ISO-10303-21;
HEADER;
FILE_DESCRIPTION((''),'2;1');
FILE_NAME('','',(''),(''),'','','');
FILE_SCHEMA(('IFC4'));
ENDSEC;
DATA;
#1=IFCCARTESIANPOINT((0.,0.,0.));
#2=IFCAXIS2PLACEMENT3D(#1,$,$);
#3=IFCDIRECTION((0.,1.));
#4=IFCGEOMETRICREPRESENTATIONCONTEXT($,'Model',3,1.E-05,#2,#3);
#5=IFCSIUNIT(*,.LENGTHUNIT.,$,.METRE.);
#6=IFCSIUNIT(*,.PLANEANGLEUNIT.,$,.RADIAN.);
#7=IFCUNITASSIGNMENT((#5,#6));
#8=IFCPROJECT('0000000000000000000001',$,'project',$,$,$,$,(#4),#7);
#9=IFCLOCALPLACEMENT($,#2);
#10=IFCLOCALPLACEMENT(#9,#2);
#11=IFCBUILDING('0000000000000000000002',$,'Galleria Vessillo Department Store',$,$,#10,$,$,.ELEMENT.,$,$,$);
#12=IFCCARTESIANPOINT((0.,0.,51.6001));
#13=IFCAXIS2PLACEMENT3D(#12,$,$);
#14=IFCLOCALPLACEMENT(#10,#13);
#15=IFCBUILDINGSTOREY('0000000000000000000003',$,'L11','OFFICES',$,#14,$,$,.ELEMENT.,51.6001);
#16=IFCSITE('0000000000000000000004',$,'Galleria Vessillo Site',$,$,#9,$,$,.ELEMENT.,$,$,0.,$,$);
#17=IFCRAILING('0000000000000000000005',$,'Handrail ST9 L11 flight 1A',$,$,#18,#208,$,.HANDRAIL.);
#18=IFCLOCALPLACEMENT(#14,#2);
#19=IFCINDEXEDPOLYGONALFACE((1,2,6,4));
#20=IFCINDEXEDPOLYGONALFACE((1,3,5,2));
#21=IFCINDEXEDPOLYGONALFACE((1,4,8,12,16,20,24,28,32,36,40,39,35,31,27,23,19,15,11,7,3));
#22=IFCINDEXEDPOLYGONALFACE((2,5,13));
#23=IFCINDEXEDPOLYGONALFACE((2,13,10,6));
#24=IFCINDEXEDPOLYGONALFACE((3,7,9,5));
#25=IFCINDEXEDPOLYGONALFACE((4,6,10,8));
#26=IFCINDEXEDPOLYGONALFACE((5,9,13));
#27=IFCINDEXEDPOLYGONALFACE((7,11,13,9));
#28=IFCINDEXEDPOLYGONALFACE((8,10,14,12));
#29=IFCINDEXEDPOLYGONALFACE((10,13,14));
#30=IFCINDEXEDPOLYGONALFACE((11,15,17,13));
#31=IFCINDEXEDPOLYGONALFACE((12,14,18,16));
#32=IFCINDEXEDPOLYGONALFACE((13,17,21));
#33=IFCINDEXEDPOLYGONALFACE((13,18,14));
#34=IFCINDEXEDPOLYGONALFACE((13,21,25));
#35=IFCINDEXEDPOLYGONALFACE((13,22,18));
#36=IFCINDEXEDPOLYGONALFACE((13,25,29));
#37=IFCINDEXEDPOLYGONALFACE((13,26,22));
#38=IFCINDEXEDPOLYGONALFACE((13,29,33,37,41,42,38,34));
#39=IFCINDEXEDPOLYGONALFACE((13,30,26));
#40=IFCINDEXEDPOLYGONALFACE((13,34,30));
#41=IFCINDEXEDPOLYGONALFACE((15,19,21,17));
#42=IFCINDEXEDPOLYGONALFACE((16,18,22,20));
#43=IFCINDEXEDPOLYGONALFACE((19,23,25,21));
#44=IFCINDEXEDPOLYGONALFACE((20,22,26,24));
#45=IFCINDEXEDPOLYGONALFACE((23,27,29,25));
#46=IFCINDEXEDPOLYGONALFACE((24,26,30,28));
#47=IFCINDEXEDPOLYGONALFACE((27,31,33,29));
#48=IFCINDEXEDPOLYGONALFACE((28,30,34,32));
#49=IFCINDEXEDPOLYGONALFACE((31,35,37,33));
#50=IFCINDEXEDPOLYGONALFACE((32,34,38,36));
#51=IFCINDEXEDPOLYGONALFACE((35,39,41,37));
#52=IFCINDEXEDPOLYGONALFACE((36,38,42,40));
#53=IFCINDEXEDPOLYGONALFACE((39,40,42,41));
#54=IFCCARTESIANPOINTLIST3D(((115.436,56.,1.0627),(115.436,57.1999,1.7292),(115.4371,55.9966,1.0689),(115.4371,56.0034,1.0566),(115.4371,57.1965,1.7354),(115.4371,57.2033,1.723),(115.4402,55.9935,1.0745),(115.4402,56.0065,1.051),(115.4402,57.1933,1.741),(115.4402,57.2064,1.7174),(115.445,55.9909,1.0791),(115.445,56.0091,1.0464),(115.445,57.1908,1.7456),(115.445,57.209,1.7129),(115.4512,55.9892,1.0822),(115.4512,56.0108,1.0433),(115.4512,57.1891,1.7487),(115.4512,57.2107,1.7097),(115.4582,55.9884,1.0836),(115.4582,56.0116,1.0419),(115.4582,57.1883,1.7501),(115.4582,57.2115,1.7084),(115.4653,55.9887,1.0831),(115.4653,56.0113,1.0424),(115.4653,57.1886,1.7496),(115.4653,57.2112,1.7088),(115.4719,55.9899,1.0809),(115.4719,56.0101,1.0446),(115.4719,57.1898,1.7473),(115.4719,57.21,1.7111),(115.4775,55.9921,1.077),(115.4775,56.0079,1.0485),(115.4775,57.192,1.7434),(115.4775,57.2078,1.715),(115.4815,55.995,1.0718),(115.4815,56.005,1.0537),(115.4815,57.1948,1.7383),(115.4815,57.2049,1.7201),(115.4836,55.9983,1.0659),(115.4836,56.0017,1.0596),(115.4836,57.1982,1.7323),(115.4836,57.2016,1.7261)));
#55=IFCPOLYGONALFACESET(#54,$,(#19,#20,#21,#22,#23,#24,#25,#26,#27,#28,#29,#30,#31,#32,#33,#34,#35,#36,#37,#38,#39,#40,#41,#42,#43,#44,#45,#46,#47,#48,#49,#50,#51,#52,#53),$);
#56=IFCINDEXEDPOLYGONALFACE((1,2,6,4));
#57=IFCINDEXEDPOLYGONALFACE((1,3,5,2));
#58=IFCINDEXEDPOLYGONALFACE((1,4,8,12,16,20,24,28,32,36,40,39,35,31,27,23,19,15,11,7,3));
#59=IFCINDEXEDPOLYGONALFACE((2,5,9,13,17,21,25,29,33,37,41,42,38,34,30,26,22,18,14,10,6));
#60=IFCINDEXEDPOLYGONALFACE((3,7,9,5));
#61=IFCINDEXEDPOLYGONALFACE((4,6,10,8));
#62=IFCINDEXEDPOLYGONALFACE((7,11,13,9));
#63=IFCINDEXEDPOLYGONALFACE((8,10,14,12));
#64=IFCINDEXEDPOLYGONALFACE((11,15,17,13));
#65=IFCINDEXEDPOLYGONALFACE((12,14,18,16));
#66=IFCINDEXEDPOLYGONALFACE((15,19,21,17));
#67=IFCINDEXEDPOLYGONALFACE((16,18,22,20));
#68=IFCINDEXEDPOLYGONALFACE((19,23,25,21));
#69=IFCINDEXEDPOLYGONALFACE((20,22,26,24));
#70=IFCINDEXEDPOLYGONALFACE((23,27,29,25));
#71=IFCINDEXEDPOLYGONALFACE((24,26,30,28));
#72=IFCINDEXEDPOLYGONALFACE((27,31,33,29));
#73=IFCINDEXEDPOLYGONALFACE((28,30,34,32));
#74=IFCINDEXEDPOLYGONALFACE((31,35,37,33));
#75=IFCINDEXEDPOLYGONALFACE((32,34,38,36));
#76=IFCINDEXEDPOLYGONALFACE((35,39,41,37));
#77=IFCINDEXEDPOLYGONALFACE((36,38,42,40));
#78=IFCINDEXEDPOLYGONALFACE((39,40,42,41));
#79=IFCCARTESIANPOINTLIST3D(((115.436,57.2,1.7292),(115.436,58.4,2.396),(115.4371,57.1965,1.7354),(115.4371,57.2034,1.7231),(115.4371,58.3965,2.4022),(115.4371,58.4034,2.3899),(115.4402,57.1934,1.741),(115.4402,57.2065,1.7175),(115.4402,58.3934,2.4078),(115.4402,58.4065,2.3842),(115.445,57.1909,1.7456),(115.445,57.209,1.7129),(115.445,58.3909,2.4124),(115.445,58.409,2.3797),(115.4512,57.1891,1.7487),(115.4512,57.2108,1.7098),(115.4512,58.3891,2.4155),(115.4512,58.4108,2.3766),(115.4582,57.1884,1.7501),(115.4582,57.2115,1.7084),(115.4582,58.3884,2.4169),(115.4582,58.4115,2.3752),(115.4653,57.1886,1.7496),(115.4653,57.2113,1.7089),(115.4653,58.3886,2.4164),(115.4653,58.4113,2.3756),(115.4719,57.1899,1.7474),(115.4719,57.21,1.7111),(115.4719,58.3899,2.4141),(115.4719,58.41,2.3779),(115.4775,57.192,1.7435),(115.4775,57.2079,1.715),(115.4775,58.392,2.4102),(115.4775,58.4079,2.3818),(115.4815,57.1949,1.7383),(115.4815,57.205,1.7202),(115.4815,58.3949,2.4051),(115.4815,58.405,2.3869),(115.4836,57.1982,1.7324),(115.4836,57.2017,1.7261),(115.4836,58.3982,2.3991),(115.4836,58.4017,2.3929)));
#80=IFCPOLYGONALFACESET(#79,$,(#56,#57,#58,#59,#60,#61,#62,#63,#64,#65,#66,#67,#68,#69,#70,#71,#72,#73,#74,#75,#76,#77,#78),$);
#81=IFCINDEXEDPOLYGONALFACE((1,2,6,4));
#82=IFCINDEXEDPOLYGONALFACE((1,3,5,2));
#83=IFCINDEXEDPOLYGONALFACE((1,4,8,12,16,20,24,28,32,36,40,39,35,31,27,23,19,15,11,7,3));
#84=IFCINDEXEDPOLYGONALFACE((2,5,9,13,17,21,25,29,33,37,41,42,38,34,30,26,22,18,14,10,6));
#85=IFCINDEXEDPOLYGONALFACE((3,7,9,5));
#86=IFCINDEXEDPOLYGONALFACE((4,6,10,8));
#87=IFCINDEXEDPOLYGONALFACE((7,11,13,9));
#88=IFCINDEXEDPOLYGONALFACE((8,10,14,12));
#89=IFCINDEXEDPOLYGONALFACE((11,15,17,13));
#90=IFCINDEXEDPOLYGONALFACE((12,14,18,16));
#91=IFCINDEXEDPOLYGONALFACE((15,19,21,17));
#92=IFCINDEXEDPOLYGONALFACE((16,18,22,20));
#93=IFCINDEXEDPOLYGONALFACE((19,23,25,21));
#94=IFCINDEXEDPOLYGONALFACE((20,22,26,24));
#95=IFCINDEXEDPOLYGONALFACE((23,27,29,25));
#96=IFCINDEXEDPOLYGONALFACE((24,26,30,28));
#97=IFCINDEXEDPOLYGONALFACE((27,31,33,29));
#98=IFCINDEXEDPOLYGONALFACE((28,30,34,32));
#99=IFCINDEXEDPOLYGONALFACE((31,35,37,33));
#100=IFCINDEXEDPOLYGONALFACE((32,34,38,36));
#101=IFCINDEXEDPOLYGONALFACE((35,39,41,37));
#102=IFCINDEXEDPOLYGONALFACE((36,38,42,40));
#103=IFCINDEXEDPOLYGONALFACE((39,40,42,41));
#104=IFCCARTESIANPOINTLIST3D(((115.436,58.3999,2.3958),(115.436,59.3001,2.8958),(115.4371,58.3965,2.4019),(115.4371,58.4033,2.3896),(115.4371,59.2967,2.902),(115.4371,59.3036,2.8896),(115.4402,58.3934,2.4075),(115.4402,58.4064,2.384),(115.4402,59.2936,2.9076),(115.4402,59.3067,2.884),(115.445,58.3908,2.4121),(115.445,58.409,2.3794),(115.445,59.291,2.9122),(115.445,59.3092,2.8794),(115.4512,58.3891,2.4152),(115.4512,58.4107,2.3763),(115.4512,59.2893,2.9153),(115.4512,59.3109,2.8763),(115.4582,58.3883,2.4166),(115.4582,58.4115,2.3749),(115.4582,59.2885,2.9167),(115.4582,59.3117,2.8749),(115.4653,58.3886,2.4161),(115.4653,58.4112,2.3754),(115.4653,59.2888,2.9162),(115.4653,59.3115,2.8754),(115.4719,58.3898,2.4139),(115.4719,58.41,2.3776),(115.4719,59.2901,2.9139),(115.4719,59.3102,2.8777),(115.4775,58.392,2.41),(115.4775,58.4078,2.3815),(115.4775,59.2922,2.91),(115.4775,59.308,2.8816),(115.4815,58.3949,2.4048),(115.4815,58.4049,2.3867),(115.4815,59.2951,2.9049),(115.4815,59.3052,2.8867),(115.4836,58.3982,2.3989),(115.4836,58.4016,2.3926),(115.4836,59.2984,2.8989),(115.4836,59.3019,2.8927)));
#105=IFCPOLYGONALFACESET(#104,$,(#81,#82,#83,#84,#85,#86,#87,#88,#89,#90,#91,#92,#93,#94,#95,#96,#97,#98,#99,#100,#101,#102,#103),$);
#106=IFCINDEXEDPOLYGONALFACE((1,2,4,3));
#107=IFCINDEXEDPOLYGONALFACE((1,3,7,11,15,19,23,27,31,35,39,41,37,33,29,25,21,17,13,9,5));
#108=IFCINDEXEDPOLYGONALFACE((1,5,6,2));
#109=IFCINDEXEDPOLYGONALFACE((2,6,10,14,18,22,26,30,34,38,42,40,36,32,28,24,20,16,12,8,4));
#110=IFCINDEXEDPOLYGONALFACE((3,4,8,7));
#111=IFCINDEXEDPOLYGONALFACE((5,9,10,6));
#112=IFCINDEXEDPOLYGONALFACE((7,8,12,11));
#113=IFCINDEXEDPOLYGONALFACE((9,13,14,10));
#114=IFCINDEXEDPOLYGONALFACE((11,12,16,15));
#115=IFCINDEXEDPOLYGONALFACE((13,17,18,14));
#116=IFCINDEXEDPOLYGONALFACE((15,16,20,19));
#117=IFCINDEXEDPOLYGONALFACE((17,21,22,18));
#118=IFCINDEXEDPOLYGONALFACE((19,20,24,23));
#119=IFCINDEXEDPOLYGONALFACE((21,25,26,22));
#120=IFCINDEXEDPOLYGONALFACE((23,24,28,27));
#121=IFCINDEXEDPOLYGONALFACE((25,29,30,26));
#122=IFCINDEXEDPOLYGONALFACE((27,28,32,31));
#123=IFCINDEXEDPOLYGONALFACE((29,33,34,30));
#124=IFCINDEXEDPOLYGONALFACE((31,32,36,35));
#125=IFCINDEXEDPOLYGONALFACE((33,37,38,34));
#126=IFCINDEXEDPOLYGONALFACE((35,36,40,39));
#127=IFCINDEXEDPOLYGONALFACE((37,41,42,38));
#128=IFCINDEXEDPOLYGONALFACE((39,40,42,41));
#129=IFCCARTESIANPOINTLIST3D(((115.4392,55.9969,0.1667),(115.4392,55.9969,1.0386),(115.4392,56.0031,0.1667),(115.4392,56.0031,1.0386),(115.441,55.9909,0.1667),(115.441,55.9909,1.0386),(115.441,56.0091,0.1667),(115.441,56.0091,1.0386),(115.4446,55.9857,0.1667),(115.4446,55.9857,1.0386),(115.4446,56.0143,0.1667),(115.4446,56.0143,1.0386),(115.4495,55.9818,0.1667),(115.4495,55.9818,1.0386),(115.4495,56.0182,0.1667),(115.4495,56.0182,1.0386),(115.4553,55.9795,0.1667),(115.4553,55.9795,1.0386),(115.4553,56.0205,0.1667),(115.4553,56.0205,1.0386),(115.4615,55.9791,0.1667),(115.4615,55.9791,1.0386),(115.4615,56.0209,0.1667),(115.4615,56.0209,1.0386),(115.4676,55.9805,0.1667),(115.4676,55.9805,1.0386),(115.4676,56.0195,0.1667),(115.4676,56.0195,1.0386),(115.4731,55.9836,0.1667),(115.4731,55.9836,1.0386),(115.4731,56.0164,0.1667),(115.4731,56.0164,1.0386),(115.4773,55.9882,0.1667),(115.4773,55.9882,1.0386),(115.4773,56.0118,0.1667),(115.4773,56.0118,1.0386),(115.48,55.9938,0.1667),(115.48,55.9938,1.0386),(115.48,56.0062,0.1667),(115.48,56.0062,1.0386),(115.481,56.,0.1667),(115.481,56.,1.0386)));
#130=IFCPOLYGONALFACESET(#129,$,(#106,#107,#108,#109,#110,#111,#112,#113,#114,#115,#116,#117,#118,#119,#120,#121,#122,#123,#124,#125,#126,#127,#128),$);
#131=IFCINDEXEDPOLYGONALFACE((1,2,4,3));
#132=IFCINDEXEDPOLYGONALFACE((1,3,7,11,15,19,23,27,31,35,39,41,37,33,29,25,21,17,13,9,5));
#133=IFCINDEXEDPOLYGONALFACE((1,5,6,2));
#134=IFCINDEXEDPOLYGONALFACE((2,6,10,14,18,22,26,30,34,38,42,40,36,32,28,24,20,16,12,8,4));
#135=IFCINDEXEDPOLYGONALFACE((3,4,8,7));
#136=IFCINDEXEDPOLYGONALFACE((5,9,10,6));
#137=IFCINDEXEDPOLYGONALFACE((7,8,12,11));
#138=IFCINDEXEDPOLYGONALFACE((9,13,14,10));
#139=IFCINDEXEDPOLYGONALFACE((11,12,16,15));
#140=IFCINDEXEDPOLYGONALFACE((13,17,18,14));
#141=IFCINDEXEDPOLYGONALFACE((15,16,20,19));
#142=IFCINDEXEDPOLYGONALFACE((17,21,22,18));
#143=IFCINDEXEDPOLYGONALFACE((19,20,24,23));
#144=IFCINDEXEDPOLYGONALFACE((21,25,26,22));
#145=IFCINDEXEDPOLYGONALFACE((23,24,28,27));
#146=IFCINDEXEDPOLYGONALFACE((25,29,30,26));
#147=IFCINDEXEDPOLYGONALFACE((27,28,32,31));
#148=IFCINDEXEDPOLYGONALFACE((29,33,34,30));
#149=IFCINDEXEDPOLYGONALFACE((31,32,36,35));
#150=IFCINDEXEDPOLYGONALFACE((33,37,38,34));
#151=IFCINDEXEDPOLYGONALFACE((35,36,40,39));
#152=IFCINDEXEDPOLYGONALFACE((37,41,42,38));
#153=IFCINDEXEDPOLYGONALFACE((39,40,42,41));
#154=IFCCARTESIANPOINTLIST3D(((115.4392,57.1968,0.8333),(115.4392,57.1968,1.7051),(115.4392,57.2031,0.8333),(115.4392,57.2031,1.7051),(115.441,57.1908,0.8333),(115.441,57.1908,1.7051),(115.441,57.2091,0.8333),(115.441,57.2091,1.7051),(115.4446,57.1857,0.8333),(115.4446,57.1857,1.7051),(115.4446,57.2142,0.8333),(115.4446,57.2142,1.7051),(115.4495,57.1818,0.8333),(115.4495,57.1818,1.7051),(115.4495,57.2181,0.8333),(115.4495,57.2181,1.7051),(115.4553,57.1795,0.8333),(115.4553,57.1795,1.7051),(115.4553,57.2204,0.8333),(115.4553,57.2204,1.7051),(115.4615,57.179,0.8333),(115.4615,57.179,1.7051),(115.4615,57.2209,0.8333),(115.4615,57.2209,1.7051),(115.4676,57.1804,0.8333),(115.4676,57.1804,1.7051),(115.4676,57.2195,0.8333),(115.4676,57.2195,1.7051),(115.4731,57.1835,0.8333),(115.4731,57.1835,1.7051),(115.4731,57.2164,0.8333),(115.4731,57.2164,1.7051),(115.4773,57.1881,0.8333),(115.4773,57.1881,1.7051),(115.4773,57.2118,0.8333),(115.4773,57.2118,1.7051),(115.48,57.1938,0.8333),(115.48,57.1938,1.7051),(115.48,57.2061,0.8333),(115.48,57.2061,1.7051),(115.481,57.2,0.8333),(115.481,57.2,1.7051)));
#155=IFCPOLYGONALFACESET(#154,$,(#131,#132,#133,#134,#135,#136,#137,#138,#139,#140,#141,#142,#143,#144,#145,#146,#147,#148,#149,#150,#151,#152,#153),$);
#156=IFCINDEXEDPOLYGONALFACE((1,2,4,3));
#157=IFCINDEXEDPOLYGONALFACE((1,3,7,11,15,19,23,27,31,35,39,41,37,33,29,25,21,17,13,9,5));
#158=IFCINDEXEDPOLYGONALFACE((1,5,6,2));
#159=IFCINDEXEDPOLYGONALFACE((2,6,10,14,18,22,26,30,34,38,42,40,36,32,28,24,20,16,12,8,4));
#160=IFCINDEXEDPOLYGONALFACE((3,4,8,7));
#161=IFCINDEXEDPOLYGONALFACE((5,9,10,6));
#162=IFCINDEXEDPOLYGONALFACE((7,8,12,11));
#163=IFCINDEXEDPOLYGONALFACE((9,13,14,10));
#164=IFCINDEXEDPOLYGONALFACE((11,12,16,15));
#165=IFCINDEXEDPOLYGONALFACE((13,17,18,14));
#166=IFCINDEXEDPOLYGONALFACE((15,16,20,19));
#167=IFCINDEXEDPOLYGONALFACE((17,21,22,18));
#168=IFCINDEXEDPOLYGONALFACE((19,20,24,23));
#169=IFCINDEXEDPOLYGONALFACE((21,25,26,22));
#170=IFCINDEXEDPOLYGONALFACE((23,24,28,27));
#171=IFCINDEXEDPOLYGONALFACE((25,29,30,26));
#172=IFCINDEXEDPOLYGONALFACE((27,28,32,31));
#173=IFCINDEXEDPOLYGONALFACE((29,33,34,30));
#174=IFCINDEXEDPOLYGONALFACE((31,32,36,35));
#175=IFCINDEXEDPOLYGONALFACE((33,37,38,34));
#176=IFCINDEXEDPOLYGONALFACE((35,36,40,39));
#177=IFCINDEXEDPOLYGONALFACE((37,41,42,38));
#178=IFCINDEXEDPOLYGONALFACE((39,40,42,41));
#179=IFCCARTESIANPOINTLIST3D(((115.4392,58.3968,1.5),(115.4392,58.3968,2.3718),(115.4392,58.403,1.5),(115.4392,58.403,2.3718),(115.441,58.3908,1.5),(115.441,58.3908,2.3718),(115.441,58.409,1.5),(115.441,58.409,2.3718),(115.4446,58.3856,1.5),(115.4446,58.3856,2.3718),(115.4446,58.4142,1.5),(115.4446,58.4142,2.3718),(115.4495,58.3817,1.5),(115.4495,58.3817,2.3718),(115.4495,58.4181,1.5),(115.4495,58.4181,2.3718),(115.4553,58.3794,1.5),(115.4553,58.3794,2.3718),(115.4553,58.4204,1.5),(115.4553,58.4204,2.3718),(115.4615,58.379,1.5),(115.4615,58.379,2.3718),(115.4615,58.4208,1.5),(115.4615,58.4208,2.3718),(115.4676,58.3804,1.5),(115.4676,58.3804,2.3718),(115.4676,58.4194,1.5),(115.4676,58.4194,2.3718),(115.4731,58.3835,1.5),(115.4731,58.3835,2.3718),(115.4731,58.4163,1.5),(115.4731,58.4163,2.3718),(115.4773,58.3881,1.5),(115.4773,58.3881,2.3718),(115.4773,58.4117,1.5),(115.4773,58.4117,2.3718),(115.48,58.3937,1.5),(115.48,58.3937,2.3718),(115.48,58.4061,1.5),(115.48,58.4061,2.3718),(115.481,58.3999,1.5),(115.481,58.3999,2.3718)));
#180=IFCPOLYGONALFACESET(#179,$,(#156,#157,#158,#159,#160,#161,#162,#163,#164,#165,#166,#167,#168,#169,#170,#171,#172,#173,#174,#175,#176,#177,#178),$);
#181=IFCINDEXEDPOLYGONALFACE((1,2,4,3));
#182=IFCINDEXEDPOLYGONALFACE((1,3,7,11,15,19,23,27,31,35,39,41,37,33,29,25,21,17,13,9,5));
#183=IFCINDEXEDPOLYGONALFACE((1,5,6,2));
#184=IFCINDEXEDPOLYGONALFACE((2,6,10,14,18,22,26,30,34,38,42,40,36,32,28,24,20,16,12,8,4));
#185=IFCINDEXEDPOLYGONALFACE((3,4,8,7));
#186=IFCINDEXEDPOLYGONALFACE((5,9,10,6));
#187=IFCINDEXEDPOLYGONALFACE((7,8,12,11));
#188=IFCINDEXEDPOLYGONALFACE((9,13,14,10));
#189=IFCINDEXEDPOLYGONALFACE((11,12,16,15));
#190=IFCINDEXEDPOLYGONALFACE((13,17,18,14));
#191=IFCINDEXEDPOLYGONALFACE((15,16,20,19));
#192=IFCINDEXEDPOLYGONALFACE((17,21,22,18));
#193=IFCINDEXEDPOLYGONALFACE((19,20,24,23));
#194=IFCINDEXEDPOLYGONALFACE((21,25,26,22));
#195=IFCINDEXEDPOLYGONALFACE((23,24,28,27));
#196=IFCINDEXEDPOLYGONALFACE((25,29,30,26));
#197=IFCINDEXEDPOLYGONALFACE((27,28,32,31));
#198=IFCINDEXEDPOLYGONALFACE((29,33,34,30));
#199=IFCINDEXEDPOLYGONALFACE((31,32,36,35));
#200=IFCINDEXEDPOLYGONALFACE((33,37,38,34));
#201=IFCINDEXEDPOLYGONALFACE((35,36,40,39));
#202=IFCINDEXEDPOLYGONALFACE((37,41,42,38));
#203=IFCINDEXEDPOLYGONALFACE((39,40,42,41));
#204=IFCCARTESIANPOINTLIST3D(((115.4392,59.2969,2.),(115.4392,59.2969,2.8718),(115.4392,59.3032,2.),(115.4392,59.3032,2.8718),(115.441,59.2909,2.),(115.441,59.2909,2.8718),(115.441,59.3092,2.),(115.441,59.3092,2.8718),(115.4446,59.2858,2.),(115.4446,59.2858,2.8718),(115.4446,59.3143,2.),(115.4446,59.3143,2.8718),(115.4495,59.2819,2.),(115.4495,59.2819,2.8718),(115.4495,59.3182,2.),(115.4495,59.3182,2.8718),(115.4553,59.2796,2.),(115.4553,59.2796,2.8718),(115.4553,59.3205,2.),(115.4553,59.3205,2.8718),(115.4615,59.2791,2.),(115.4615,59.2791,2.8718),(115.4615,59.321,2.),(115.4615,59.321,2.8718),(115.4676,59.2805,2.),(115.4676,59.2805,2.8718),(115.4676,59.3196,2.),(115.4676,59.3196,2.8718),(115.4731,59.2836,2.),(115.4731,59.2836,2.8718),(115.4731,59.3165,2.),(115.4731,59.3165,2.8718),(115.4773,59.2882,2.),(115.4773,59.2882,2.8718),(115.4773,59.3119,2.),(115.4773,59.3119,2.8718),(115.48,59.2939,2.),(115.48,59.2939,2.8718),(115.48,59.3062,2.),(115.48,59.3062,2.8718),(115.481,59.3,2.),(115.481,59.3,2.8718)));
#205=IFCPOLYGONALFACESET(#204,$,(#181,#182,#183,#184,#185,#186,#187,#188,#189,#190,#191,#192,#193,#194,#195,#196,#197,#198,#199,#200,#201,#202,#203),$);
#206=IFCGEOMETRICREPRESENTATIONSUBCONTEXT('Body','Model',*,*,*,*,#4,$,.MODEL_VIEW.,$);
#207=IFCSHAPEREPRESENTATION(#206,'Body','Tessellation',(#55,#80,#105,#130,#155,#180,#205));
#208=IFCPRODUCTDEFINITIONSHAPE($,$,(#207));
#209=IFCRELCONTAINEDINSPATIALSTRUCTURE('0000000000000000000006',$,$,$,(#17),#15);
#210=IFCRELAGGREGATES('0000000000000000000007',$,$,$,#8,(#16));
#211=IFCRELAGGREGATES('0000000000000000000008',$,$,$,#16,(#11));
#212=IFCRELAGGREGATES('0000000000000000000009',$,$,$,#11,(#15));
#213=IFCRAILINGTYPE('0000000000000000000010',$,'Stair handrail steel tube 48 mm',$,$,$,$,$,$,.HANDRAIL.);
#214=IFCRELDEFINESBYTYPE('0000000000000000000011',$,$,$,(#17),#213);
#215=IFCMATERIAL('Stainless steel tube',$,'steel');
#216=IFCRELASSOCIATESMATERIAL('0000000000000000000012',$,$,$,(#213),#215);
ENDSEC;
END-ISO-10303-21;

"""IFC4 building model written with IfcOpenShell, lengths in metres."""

from ifc_helpers import new_model, si_unit, direction, frame, origin, origin_2d, place, context, subcontext, project, spatial, circle, extrude, material, type_object, element, save


model = new_model("IFC4")

# Units and contexts
model_context = context("Model", 3, precision=1e-05, world=origin(), true_north=direction((0.0, 1.0)))
body_context = subcontext(model_context, "Body", "Model", "MODEL_VIEW")
ifc_project = project(units=[si_unit("LENGTHUNIT", "METRE"), si_unit("PLANEANGLEUNIT", "RADIAN")], contexts=[model_context])

# Site, building, storey
site_placement = place(None, origin())
site = spatial("IfcSite", under=ifc_project, at=site_placement, Name="Galleria Vessillo Site", CompositionType="ELEMENT", RefElevation=0.0)
building_placement = place(site_placement, origin())
building = spatial("IfcBuilding", under=site, at=building_placement, Name="Galleria Vessillo Department Store", CompositionType="ELEMENT")
storey_placement = place(building_placement, frame((0.0, 0.0, 51.6001)))
storey = spatial("IfcBuildingStorey", under=building, at=storey_placement, Name="L11", Description="OFFICES", CompositionType="ELEMENT", Elevation=51.6001)

# Railing
ifc_material_1 = material(Name="Stainless steel tube", Category="steel")
railing_type = type_object("IfcRailingType", Name="Stair handrail steel tube 48 mm", PredefinedType="HANDRAIL", material=ifc_material_1)
for number, where, name in (
    (1, (115.46, 56.0, 0.1667), "Handrail ST9 L11 flight 1A"),
):
    element("IfcRailing", number, at=place(storey_placement, frame(where)), inside=storey, type_object=railing_type, Name=name, PredefinedType="HANDRAIL", context=body_context, shape_type="SweptSolid", body=[
        extrude(circle(Radius=0.0239, at=origin_2d()), frame((0.0, 0.0, 0.896), z_axis=(0.0, 0.874199, 0.485567), x_axis=(-1.0, 0.0, 0.0)), (0.0, 0.0, 1.0), 1.3726),
        extrude(circle(Radius=0.0239, at=origin_2d()), frame((0.0, 1.2, 1.5625), z_axis=(0.0, 0.874124, 0.485703), x_axis=(-1.0, 0.0, 0.0)), (0.0, 0.0, 1.0), 1.3728),
        extrude(circle(Radius=0.0239, at=origin_2d()), frame((0.0, 2.3999, 2.229), z_axis=(0.0, 0.874191, 0.485583), x_axis=(-1.0, 0.0, 0.0)), (0.0, 0.0, 1.0), 1.0298),
        extrude(circle(Radius=0.021, at=origin_2d()), origin(), (0.0, 0.0, 1.0), 0.8718),
        extrude(circle(Radius=0.021, at=origin_2d()), frame((0.0, 1.2, 0.6665)), (0.0, 0.0, 1.0), 0.8718),
        extrude(circle(Radius=0.021, at=origin_2d()), frame((0.0, 2.3999, 1.3333)), (0.0, 0.0, 1.0), 0.8718),
        extrude(circle(Radius=0.021, at=origin_2d()), frame((0.0, 3.3, 1.8333)), (0.0, 0.0, 1.0), 0.8718),
    ])

save(model, "model.ifc")
